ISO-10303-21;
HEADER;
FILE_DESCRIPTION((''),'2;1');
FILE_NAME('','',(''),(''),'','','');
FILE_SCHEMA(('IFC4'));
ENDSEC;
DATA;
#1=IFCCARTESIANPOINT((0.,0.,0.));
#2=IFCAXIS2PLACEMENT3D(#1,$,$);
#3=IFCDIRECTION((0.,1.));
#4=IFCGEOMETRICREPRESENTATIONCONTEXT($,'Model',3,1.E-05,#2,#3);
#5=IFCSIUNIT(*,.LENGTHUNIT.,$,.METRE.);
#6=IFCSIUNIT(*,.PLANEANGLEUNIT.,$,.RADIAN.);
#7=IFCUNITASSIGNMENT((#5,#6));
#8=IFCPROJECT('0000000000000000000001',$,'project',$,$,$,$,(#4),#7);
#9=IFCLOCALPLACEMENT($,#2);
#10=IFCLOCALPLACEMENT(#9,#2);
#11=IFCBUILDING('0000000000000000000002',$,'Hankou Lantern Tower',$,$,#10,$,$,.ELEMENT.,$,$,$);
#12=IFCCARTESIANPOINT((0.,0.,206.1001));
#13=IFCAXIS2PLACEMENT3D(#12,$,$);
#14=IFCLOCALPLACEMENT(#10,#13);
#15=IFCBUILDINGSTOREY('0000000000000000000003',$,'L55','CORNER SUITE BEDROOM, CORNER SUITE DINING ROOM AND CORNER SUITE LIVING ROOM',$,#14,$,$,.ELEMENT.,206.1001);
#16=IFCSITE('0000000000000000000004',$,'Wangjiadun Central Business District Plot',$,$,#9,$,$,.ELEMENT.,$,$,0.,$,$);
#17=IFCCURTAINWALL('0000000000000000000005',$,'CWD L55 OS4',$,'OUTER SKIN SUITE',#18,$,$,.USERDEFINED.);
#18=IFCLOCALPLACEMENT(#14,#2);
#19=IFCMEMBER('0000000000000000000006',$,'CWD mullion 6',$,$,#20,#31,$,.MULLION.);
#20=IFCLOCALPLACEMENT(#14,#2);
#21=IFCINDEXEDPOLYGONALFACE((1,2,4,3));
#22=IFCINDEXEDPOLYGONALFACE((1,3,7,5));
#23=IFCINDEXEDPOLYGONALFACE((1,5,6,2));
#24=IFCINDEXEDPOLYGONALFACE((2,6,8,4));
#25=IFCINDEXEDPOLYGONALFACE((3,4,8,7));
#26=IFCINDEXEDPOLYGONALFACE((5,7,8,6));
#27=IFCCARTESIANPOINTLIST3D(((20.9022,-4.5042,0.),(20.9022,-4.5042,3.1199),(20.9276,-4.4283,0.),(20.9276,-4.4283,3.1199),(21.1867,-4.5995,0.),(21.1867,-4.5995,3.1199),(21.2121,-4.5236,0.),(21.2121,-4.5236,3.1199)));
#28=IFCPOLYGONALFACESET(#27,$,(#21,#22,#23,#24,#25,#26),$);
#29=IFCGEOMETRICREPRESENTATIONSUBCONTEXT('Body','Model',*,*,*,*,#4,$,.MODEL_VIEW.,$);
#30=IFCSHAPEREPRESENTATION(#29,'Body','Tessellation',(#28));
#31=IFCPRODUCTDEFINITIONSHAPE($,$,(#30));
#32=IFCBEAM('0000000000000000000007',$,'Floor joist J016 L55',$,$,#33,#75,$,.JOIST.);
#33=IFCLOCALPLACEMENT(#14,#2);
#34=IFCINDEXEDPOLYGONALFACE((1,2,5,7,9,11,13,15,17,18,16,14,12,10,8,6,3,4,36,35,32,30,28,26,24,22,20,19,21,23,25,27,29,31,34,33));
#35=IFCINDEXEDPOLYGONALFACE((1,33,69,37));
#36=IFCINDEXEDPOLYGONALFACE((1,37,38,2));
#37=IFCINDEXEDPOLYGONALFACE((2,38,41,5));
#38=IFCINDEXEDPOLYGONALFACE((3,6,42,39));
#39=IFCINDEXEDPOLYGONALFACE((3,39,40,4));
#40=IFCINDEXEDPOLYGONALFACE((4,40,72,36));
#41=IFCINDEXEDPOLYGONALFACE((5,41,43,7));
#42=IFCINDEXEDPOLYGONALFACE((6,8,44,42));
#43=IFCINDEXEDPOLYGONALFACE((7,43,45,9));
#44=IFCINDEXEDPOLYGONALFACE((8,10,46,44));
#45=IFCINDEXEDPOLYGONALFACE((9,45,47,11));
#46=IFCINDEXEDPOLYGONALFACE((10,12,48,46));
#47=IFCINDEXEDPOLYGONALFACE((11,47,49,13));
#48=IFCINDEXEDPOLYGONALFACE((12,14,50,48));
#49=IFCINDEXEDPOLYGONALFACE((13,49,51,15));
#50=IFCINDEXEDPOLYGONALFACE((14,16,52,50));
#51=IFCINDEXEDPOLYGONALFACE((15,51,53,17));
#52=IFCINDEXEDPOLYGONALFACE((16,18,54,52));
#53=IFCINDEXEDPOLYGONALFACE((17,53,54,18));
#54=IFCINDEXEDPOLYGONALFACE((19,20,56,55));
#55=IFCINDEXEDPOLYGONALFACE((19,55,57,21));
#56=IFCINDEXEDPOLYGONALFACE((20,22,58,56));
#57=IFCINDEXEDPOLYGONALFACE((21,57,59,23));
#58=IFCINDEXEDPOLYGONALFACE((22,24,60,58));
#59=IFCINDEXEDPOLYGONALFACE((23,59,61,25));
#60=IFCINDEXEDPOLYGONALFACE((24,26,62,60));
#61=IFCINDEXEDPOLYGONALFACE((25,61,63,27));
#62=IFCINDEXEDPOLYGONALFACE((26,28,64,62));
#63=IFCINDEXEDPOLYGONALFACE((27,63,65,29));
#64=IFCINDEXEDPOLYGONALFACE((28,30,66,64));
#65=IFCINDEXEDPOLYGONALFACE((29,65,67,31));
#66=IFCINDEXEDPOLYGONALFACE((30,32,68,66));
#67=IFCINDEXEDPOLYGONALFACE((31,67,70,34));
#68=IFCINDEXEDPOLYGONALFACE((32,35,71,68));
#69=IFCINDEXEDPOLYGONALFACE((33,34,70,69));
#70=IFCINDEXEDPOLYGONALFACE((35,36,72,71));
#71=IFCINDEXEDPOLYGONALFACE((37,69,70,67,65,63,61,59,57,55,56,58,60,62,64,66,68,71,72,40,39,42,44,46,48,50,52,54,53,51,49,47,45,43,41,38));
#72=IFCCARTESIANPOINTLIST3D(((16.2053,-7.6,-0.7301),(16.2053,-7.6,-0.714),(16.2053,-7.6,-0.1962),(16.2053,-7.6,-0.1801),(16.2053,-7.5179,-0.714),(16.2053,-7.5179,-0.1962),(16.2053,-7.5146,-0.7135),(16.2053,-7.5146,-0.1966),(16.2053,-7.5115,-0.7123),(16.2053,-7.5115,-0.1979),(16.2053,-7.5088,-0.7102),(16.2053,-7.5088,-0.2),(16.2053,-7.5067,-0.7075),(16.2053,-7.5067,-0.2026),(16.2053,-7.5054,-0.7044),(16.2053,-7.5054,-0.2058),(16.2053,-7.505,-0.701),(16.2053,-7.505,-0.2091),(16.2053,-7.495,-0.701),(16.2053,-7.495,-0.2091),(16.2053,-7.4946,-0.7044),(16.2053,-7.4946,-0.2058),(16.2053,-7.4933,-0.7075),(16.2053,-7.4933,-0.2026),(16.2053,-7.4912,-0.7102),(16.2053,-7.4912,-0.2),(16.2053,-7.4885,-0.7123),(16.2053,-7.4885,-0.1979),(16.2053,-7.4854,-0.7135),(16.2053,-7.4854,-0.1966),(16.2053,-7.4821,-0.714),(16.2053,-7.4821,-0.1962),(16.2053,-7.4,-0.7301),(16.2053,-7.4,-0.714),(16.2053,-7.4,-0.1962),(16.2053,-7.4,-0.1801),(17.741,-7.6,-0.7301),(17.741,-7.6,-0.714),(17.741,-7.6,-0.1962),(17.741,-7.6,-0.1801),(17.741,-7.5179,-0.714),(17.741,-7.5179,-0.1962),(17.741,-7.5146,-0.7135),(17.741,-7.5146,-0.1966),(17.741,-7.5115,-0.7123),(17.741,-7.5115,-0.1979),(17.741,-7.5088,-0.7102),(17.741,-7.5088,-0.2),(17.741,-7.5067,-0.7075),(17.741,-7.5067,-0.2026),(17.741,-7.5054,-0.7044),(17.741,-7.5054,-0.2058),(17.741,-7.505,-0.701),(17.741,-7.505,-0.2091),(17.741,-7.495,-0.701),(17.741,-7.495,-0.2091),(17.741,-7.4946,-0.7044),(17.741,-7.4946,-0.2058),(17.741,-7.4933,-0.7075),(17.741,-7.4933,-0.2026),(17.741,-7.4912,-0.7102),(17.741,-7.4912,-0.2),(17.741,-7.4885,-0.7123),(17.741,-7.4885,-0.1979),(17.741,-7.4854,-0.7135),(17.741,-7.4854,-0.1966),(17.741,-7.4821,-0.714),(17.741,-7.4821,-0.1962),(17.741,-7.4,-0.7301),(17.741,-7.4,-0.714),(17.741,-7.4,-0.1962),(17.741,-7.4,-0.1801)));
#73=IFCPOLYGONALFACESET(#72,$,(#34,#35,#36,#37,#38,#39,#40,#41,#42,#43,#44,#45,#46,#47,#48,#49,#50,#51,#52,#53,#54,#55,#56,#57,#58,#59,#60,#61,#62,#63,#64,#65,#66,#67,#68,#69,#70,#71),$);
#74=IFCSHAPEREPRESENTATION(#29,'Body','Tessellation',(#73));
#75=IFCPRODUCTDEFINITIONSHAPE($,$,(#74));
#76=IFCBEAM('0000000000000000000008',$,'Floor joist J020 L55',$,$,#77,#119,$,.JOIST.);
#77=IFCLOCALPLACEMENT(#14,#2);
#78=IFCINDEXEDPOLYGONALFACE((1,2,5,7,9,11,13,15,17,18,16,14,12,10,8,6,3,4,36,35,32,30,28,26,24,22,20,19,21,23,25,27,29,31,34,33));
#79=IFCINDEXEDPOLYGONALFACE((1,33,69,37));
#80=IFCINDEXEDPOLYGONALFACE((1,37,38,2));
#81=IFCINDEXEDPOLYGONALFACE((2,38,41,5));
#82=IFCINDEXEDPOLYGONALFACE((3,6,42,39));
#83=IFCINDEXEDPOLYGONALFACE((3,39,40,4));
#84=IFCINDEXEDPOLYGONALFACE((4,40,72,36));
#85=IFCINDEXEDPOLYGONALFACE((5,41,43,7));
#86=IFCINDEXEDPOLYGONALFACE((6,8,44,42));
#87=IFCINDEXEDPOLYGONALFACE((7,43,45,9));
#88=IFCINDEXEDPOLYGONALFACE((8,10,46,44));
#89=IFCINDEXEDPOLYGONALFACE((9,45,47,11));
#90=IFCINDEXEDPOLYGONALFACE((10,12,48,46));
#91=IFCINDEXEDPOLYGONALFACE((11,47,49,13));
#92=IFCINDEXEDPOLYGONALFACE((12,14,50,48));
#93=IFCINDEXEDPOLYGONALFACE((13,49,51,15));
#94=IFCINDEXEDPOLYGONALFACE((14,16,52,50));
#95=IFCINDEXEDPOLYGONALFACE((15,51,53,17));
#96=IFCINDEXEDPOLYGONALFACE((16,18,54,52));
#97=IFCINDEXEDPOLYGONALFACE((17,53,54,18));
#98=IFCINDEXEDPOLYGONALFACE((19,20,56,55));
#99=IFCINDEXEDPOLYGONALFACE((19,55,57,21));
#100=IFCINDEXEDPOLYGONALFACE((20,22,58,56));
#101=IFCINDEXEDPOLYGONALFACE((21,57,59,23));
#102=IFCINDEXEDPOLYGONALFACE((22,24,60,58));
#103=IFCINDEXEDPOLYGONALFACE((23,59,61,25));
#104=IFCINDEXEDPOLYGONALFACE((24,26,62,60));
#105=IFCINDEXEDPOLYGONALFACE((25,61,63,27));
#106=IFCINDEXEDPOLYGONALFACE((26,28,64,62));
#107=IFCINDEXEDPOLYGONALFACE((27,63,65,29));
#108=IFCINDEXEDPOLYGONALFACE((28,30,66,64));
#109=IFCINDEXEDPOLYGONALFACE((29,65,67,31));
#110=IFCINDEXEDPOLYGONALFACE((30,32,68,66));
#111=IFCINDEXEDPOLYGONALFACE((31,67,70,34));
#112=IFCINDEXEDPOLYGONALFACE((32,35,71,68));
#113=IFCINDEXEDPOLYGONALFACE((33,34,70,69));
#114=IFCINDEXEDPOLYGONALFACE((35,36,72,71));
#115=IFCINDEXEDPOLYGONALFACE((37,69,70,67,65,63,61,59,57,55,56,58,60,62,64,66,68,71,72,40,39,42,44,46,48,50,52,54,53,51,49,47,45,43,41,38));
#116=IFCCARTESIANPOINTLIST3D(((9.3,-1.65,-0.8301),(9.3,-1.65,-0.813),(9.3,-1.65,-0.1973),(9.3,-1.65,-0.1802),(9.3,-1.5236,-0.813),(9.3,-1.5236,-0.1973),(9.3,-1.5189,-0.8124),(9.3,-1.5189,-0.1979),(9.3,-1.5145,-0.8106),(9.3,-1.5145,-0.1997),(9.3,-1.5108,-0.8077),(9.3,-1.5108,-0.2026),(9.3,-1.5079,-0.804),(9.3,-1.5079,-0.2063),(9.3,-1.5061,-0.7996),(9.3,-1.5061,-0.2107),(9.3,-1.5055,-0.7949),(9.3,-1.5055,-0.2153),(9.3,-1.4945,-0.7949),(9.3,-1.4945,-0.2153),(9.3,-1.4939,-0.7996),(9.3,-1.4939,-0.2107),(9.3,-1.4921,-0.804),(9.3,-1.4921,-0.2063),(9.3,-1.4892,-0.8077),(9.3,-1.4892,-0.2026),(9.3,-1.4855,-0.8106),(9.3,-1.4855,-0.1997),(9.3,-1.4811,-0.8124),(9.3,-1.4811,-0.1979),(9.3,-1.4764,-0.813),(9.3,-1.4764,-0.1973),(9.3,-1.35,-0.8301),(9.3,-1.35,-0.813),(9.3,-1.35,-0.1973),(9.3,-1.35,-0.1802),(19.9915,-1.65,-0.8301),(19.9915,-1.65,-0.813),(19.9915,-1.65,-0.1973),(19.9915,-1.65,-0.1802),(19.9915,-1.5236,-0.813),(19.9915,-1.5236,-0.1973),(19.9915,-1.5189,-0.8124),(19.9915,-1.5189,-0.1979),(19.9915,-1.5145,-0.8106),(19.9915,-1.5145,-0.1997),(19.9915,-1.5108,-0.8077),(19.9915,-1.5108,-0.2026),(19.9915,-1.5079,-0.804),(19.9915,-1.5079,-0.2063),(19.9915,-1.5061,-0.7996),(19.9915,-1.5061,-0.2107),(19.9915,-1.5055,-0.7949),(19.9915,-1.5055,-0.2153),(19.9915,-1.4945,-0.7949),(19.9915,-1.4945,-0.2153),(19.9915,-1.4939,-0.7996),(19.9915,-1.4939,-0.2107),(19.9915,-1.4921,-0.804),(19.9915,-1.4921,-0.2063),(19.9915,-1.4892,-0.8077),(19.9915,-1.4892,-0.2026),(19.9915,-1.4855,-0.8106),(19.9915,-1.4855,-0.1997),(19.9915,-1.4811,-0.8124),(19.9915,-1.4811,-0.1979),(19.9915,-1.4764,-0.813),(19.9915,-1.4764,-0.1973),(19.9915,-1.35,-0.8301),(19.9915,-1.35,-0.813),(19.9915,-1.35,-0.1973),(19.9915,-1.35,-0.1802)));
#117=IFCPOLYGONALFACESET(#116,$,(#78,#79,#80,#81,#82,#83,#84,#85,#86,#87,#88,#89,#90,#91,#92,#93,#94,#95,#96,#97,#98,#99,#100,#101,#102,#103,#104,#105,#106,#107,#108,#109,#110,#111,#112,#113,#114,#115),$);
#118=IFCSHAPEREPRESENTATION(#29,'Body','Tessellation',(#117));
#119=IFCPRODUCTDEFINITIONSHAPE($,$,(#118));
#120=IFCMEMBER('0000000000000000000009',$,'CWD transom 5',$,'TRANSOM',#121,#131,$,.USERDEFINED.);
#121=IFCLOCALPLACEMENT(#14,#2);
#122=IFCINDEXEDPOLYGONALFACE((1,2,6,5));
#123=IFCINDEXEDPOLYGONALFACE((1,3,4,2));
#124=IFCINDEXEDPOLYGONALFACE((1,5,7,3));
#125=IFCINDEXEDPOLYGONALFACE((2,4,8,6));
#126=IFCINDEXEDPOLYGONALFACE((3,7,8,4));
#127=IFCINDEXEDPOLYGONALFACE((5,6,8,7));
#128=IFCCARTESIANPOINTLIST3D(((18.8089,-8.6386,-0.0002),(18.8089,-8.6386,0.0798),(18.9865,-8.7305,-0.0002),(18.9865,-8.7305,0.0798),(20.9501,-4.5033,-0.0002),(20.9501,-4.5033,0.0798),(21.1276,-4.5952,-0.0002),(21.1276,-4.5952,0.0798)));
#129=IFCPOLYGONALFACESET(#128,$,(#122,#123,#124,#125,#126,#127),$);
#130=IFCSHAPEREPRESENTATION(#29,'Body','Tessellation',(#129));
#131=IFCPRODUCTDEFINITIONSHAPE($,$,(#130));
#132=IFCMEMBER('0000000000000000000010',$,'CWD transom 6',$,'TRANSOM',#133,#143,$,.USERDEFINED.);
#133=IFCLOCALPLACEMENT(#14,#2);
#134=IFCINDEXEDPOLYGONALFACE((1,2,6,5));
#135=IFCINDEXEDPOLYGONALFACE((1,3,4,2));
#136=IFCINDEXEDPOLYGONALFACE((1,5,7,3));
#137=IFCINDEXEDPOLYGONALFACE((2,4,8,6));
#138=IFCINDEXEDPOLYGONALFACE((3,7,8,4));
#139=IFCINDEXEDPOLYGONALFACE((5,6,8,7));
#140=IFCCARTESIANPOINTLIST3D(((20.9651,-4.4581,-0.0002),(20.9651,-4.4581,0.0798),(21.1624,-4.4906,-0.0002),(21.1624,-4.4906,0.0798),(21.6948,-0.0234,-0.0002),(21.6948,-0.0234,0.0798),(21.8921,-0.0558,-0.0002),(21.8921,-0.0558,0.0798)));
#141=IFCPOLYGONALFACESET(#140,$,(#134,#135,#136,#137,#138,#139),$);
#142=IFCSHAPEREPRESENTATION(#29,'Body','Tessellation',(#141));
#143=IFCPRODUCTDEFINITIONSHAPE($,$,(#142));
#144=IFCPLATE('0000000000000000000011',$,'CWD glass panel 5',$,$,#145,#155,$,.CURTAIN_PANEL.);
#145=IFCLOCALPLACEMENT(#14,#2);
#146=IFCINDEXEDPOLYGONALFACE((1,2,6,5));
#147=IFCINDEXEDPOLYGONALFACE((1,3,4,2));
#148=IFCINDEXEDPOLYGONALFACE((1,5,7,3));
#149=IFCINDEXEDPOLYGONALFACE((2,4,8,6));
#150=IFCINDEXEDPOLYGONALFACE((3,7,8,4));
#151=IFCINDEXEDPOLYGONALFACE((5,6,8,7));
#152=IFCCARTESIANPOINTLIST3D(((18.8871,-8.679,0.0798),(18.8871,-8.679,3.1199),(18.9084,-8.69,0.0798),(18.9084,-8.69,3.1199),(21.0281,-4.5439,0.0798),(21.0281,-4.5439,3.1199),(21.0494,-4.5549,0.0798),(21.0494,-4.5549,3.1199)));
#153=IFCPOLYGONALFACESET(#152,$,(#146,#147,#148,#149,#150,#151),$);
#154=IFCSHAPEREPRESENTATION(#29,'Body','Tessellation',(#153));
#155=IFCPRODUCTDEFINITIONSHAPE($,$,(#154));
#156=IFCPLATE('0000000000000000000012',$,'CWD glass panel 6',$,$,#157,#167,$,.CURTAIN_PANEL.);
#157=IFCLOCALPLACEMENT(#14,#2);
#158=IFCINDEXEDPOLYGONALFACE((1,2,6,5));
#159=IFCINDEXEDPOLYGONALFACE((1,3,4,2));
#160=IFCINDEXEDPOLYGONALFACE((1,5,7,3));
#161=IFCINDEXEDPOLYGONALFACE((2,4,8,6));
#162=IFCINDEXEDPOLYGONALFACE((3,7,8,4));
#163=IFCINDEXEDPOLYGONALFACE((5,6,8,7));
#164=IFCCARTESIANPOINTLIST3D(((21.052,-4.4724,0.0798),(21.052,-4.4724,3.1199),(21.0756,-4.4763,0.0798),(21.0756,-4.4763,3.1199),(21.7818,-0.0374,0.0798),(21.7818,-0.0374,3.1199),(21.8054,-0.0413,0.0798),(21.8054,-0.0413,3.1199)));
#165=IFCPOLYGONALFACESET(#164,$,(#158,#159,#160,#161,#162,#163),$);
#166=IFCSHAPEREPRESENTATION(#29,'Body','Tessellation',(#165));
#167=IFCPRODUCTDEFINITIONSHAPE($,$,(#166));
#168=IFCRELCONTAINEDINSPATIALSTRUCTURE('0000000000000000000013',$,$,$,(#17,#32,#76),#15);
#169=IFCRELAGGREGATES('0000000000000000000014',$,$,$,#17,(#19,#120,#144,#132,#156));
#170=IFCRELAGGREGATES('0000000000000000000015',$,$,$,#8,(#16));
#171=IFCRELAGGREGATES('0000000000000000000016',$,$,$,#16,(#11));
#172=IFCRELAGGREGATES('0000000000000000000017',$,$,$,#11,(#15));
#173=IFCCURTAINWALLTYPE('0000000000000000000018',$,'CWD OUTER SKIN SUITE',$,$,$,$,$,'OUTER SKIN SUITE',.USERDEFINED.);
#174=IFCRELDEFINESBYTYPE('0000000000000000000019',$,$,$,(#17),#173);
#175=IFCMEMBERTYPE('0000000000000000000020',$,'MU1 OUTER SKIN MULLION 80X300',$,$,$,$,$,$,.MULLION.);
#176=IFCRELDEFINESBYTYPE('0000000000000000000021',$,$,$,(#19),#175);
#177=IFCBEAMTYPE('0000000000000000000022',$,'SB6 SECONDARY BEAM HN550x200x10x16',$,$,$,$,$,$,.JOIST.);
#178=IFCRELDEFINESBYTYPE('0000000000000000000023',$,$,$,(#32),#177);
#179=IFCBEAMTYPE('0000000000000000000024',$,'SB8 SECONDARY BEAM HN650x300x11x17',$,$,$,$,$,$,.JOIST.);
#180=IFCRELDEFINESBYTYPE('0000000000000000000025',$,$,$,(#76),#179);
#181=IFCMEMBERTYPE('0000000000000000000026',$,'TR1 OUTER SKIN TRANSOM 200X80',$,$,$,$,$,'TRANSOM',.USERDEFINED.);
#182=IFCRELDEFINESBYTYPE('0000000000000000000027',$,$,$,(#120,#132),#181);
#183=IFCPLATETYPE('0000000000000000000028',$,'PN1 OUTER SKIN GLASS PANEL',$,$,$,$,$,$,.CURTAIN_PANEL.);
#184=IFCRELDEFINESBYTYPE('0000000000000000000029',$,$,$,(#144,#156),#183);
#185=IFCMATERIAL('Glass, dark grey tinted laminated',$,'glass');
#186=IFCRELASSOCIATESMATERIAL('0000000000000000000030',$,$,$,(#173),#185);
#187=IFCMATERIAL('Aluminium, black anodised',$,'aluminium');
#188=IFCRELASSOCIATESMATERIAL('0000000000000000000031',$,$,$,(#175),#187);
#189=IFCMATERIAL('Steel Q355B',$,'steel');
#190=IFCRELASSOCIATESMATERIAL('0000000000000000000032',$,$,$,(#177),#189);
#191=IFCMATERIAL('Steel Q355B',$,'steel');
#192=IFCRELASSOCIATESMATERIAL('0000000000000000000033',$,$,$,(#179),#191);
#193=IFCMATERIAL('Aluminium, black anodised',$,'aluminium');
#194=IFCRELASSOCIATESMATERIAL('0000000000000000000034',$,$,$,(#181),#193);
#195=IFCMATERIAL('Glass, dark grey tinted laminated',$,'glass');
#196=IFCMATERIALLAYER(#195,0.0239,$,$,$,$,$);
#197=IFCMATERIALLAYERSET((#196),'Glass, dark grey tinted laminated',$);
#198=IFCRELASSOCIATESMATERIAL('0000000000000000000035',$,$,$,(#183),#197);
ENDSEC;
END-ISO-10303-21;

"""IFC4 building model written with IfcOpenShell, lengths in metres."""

from ifc_helpers import new_model, si_unit, direction, frame, origin, origin_2d, place, context, subcontext, project, spatial, rectangle, i_section, extrude, material, layer, layer_set, material_profile, profile_set, type_object, element, aggregate, save


model = new_model("IFC4")

# Units and contexts
model_context = context("Model", 3, precision=1e-05, world=origin(), true_north=direction((0.0, 1.0)))
body_context = subcontext(model_context, "Body", "Model", "MODEL_VIEW")
ifc_project = project(units=[si_unit("LENGTHUNIT", "METRE"), si_unit("PLANEANGLEUNIT", "RADIAN")], contexts=[model_context])

# Site, building, storey
site_placement = place(None, origin())
site = spatial("IfcSite", under=ifc_project, at=site_placement, Name="Wangjiadun Central Business District Plot", CompositionType="ELEMENT", RefElevation=0.0)
building_placement = place(site_placement, origin())
building = spatial("IfcBuilding", under=site, at=building_placement, Name="Hankou Lantern Tower", CompositionType="ELEMENT")
storey_placement = place(building_placement, frame((0.0, 0.0, 206.1001)))
storey = spatial("IfcBuildingStorey", under=building, at=storey_placement, Name="L55", Description="CORNER SUITE BEDROOM, CORNER SUITE DINING ROOM AND CORNER SUITE LIVING ROOM", CompositionType="ELEMENT", Elevation=206.1001)

# Curtain wall, member
ifc_material_1 = material(Name="Glass, dark grey tinted laminated", Category="glass")
curtain_wall_type = type_object("IfcCurtainWallType", Name="CWD OUTER SKIN SUITE", ElementType="OUTER SKIN SUITE", PredefinedType="USERDEFINED", material=ifc_material_1)
curtain_wall_placement = place(storey_placement, origin())
curtain_wall = element("IfcCurtainWall", 1, at=curtain_wall_placement, inside=storey, type_object=curtain_wall_type, Name="CWD L55 OS4", ObjectType="OUTER SKIN SUITE", PredefinedType="USERDEFINED")
ifc_material_2 = material(Name="Aluminium, black anodised", Category="aluminium")
ifc_material_profile_1 = material_profile(ifc_material_2, rectangle(XDim=0.0801, YDim=0.3, at=origin_2d()), Name="MU1 80X300")
ifc_profile_set_1 = profile_set([ifc_material_profile_1], Name="Aluminium, black anodised")
member_type_1 = type_object("IfcMemberType", Name="MU1 OUTER SKIN MULLION 80X300", PredefinedType="MULLION", material=ifc_profile_set_1)
member_1_placement = place(storey_placement, frame((21.0571, -4.5139, 0.0), z_axis=(0.0, 0.0, 1.0), x_axis=(0.317596, 0.948226, 0.0)))
member_1 = element("IfcMember", 2, at=member_1_placement, type_object=member_type_1, Name="CWD mullion 6", PredefinedType="MULLION", context=body_context, shape_type="SweptSolid", body=[
    extrude(rectangle(XDim=0.0801, YDim=0.3, at=origin_2d()), origin(), (0.0, 0.0, 1.0), 3.1199),
])

# Beams
ifc_material_3 = material(Name="Steel Q355B", Category="steel")
ifc_material_profile_2 = material_profile(ifc_material_3, i_section(OverallWidth=0.2, OverallDepth=0.55, WebThickness=0.01, FlangeThickness=0.0161, FilletRadius=0.0129, at=origin_2d()), Name="HN550x200x10x16")
ifc_profile_set_2 = profile_set([ifc_material_profile_2], Name="Steel Q355B")
beam_type_1 = type_object("IfcBeamType", Name="SB6 SECONDARY BEAM HN550x200x10x16", PredefinedType="JOIST", material=ifc_profile_set_2)
beam_1_placement = place(storey_placement, frame((16.2053, -7.5, -0.4551), z_axis=(1.0, 0.0, 0.0), x_axis=(0.0, 1.0, 0.0)))
element("IfcBeam", 3, at=beam_1_placement, inside=storey, type_object=beam_type_1, Name="Floor joist J016 L55", PredefinedType="JOIST", context=body_context, shape_type="SweptSolid", body=[
    extrude(i_section(OverallWidth=0.2, OverallDepth=0.55, WebThickness=0.01, FlangeThickness=0.0161, FilletRadius=0.0129, at=origin_2d()), origin(), (0.0, 0.0, 1.0), 1.5356),
])
ifc_material_4 = material(Name="Steel Q355B", Category="steel")
ifc_material_profile_3 = material_profile(ifc_material_4, i_section(OverallWidth=0.3, OverallDepth=0.6499, WebThickness=0.011, FlangeThickness=0.0171, FilletRadius=0.0181, at=origin_2d()), Name="HN650x300x11x17")
ifc_profile_set_3 = profile_set([ifc_material_profile_3], Name="Steel Q355B")
beam_type_2 = type_object("IfcBeamType", Name="SB8 SECONDARY BEAM HN650x300x11x17", PredefinedType="JOIST", material=ifc_profile_set_3)
beam_2_placement = place(storey_placement, frame((9.3, -1.5, -0.5051), z_axis=(1.0, 0.0, 0.0), x_axis=(0.0, 1.0, 0.0)))
element("IfcBeam", 4, at=beam_2_placement, inside=storey, type_object=beam_type_2, Name="Floor joist J020 L55", PredefinedType="JOIST", context=body_context, shape_type="SweptSolid", body=[
    extrude(i_section(OverallWidth=0.3, OverallDepth=0.6499, WebThickness=0.011, FlangeThickness=0.0171, FilletRadius=0.0181, at=origin_2d()), origin(), (0.0, 0.0, 1.0), 10.6914),
])

# Members
ifc_material_5 = material(Name="Aluminium, black anodised", Category="aluminium")
ifc_material_profile_4 = material_profile(ifc_material_5, rectangle(XDim=0.2, YDim=0.0801, at=origin_2d()), Name="TR1 200X80")
ifc_profile_set_4 = profile_set([ifc_material_profile_4], Name="Aluminium, black anodised")
member_type_2 = type_object("IfcMemberType", Name="TR1 OUTER SKIN TRANSOM 200X80", ElementType="TRANSOM", PredefinedType="USERDEFINED", material=ifc_profile_set_4)
member_2_placement = place(storey_placement, frame((18.8977, -8.6846, 0.0398), z_axis=(0.459794, 0.888026, 0.0), x_axis=(-0.888026, 0.459794, 0.0)))
member_2 = element("IfcMember", 5, at=member_2_placement, type_object=member_type_2, Name="CWD transom 5", ObjectType="TRANSOM", PredefinedType="USERDEFINED", context=body_context, shape_type="SweptSolid", body=[
    extrude(rectangle(XDim=0.2, YDim=0.0801, at=origin_2d()), origin(), (0.0, 0.0, 1.0), 4.6567),
])
member_3_placement = place(storey_placement, frame((21.0637, -4.4744, 0.0398), z_axis=(0.162364, 0.986731, 0.0), x_axis=(-0.986731, 0.162364, 0.0)))
member_3 = element("IfcMember", 6, at=member_3_placement, type_object=member_type_2, Name="CWD transom 6", ObjectType="TRANSOM", PredefinedType="USERDEFINED", context=body_context, shape_type="SweptSolid", body=[
    extrude(rectangle(XDim=0.2, YDim=0.0801, at=origin_2d()), origin(), (0.0, 0.0, 1.0), 4.4944),
])

# Plates
ifc_material_6 = material(Name="Glass, dark grey tinted laminated", Category="glass")
ifc_layer_1 = layer(ifc_material_6, 0.0239)
ifc_layer_set_1 = layer_set([ifc_layer_1], Name="Glass, dark grey tinted laminated")
plate_type = type_object("IfcPlateType", Name="PN1 OUTER SKIN GLASS PANEL", PredefinedType="CURTAIN_PANEL", material=ifc_layer_set_1)
plate_1_placement = place(storey_placement, frame((19.9683, -6.6169, 0.0798), z_axis=(0.0, 0.0, 1.0), x_axis=(0.459791, 0.888027, 0.0)))
plate_1 = element("IfcPlate", 7, at=plate_1_placement, type_object=plate_type, Name="CWD glass panel 5", PredefinedType="CURTAIN_PANEL", context=body_context, shape_type="SweptSolid", body=[
    extrude(rectangle(XDim=4.6565, YDim=0.0239, at=origin_2d()), origin(), (0.0, 0.0, 1.0), 3.04),
])
plate_2_placement = place(storey_placement, frame((21.4287, -2.2568, 0.0798), z_axis=(0.0, 0.0, 1.0), x_axis=(0.162382, 0.986728, 0.0)))
plate_2 = element("IfcPlate", 8, at=plate_2_placement, type_object=plate_type, Name="CWD glass panel 6", PredefinedType="CURTAIN_PANEL", context=body_context, shape_type="SweptSolid", body=[
    extrude(rectangle(XDim=4.4946, YDim=0.0239, at=origin_2d()), origin(), (0.0, 0.0, 1.0), 3.04),
])
aggregate(curtain_wall, [member_1, member_2, plate_1, member_3, plate_2])

save(model, "model.ifc")
